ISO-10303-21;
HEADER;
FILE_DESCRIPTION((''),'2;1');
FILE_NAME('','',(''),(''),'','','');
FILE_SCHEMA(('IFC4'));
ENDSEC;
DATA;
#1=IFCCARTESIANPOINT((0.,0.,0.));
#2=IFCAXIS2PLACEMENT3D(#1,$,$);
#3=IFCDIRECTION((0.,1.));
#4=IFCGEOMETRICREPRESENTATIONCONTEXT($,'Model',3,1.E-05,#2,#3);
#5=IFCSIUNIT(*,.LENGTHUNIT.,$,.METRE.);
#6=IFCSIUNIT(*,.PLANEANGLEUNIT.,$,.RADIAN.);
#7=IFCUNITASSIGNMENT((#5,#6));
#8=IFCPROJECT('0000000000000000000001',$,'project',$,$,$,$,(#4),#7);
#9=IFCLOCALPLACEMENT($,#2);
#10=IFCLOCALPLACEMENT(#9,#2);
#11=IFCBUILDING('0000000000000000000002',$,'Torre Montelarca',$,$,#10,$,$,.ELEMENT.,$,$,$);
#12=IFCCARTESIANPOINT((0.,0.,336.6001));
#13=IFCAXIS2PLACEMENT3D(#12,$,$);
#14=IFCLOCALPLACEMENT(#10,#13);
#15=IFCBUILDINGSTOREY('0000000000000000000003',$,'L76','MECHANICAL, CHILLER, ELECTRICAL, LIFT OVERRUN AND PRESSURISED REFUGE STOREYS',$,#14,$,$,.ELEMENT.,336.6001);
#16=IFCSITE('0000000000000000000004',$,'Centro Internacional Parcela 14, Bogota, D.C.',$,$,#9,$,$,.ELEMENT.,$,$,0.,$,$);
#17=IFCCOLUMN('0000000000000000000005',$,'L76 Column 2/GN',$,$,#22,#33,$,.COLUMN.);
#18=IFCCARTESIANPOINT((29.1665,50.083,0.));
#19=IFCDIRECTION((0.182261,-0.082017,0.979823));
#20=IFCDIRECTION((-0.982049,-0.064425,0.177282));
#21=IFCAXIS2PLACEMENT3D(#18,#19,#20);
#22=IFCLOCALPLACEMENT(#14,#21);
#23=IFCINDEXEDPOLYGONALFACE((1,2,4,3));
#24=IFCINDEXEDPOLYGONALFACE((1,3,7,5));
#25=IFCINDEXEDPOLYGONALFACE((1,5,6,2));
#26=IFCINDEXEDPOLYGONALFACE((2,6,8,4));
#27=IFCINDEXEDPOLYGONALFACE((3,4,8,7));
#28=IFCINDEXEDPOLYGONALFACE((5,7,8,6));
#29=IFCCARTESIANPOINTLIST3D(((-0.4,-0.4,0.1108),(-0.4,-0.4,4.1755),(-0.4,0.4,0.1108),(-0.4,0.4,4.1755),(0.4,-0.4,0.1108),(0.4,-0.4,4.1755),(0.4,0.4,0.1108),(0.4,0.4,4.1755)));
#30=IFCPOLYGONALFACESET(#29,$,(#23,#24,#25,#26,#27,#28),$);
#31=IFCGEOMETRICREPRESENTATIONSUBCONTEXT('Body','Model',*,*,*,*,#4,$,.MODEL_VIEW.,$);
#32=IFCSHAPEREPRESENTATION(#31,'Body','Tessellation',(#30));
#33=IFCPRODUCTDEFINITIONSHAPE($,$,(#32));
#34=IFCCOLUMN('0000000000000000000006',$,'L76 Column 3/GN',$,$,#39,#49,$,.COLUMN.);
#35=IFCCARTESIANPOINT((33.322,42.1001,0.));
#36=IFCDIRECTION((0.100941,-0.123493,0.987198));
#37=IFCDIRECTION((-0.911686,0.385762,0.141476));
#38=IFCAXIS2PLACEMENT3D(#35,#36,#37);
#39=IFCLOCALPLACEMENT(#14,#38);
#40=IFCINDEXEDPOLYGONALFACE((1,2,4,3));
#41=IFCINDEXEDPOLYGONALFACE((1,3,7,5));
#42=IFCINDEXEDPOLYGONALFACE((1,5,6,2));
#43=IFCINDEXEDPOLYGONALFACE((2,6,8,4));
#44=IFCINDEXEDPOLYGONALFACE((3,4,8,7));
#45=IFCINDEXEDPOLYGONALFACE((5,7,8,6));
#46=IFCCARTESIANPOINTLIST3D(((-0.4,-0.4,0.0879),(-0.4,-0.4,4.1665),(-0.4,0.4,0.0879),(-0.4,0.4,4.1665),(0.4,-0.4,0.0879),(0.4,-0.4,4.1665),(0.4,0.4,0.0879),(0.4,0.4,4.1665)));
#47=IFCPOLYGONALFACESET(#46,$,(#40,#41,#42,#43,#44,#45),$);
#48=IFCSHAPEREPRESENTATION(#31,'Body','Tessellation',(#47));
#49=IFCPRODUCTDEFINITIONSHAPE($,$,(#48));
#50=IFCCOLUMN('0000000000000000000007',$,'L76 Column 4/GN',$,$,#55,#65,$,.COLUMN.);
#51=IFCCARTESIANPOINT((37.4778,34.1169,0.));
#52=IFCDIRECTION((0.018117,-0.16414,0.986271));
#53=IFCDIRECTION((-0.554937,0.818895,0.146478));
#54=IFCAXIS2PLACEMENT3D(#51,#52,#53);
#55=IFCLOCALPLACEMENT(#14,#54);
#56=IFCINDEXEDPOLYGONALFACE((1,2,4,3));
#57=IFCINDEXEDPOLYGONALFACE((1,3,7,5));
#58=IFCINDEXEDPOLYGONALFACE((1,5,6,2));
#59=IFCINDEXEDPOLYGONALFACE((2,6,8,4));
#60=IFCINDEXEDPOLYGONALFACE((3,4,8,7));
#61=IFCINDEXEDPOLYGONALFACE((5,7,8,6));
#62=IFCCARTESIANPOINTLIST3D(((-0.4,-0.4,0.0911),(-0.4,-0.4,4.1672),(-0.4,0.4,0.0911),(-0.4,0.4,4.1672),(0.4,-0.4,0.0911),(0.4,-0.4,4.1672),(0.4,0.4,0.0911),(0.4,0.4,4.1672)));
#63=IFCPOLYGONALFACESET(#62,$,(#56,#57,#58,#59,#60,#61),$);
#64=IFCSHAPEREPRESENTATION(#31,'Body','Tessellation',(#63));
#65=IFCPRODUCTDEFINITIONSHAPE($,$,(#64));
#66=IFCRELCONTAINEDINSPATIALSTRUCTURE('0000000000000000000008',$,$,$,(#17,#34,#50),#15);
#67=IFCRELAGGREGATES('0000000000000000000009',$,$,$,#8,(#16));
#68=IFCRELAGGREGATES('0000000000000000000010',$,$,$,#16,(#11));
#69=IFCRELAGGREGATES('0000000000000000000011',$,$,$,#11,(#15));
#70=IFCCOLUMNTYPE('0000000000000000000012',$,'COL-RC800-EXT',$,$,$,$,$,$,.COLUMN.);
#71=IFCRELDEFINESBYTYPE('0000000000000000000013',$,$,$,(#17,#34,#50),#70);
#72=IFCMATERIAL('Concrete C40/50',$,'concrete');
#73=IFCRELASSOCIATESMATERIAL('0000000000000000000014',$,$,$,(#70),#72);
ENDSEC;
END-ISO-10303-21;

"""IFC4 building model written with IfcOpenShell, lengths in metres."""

from ifc_helpers import new_model, si_unit, direction, frame, origin, origin_2d, place, context, subcontext, project, spatial, rectangle, extrude, clip, halfspace, material, material_profile, profile_set, type_object, element, save


model = new_model("IFC4")

# Units and contexts
model_context = context("Model", 3, precision=1e-05, world=origin(), true_north=direction((0.0, 1.0)))
body_context = subcontext(model_context, "Body", "Model", "MODEL_VIEW")
ifc_project = project(units=[si_unit("LENGTHUNIT", "METRE"), si_unit("PLANEANGLEUNIT", "RADIAN")], contexts=[model_context])

# Site, building, storey
site_placement = place(None, origin())
site = spatial("IfcSite", under=ifc_project, at=site_placement, Name="Centro Internacional Parcela 14, Bogota, D.C.", CompositionType="ELEMENT", RefElevation=0.0)
building_placement = place(site_placement, origin())
building = spatial("IfcBuilding", under=site, at=building_placement, Name="Torre Montelarca", CompositionType="ELEMENT")
storey_placement = place(building_placement, frame((0.0, 0.0, 336.6001)))
storey = spatial("IfcBuildingStorey", under=building, at=storey_placement, Name="L76", Description="MECHANICAL, CHILLER, ELECTRICAL, LIFT OVERRUN AND PRESSURISED REFUGE STOREYS", CompositionType="ELEMENT", Elevation=336.6001)

# Columns
ifc_material_1 = material(Name="Concrete C40/50", Category="concrete")
ifc_material_profile_1 = material_profile(ifc_material_1, rectangle(XDim=0.8, YDim=0.8, at=origin_2d()), Name="RC800X800", Category="concrete")
ifc_profile_set_1 = profile_set([ifc_material_profile_1], Name="Concrete C40/50")
column_type = type_object("IfcColumnType", Name="COL-RC800-EXT", PredefinedType="COLUMN", material=ifc_profile_set_1)
column_1_placement = place(storey_placement, frame((29.1665, 50.083, 0.0), z_axis=(0.182261, -0.082017, 0.979823), x_axis=(-0.982049, -0.064425, 0.177282)))
element("IfcColumn", 1, at=column_1_placement, inside=storey, type_object=column_type, Name="L76 Column 2/GN", PredefinedType="COLUMN", context=body_context, shape_type="Clipping", body=[
    clip(clip(extrude(rectangle(XDim=0.8, YDim=0.8, at=origin_2d()), origin(), (0.0, 0.0, 1.0), 4.2864), halfspace(frame((0.0, 0.0, 0.1108), z_axis=(0.0, 0.0, -1.0), x_axis=(1.0, 0.0, 0.0)), False)), halfspace(frame((0.0, 0.0, 4.1755), z_axis=(0.0, 0.0, 1.0), x_axis=(1.0, 0.0, 0.0)), False)),
])
column_2_placement = place(storey_placement, frame((33.322, 42.1001, 0.0), z_axis=(0.100941, -0.123493, 0.987198), x_axis=(-0.911686, 0.385762, 0.141476)))
element("IfcColumn", 2, at=column_2_placement, inside=storey, type_object=column_type, Name="L76 Column 3/GN", PredefinedType="COLUMN", context=body_context, shape_type="Clipping", body=[
    clip(clip(extrude(rectangle(XDim=0.8, YDim=0.8, at=origin_2d()), origin(), (0.0, 0.0, 1.0), 4.2544), halfspace(frame((0.0, 0.0, 0.0879), z_axis=(0.0, 0.0, -1.0), x_axis=(1.0, 0.0, 0.0)), False)), halfspace(frame((0.0, 0.0, 4.1665), z_axis=(0.0, 0.0, 1.0), x_axis=(1.0, 0.0, 0.0)), False)),
])
column_3_placement = place(storey_placement, frame((37.4778, 34.1169, 0.0), z_axis=(0.018117, -0.16414, 0.986271), x_axis=(-0.554937, 0.818895, 0.146478)))
element("IfcColumn", 3, at=column_3_placement, inside=storey, type_object=column_type, Name="L76 Column 4/GN", PredefinedType="COLUMN", context=body_context, shape_type="Clipping", body=[
    clip(clip(extrude(rectangle(XDim=0.8, YDim=0.8, at=origin_2d()), origin(), (0.0, 0.0, 1.0), 4.2583), halfspace(frame((0.0, 0.0, 0.0911), z_axis=(0.0, 0.0, -1.0), x_axis=(1.0, 0.0, 0.0)), False)), halfspace(frame((0.0, 0.0, 4.1672), z_axis=(0.0, 0.0, 1.0), x_axis=(1.0, 0.0, 0.0)), False)),
])

save(model, "model.ifc")
